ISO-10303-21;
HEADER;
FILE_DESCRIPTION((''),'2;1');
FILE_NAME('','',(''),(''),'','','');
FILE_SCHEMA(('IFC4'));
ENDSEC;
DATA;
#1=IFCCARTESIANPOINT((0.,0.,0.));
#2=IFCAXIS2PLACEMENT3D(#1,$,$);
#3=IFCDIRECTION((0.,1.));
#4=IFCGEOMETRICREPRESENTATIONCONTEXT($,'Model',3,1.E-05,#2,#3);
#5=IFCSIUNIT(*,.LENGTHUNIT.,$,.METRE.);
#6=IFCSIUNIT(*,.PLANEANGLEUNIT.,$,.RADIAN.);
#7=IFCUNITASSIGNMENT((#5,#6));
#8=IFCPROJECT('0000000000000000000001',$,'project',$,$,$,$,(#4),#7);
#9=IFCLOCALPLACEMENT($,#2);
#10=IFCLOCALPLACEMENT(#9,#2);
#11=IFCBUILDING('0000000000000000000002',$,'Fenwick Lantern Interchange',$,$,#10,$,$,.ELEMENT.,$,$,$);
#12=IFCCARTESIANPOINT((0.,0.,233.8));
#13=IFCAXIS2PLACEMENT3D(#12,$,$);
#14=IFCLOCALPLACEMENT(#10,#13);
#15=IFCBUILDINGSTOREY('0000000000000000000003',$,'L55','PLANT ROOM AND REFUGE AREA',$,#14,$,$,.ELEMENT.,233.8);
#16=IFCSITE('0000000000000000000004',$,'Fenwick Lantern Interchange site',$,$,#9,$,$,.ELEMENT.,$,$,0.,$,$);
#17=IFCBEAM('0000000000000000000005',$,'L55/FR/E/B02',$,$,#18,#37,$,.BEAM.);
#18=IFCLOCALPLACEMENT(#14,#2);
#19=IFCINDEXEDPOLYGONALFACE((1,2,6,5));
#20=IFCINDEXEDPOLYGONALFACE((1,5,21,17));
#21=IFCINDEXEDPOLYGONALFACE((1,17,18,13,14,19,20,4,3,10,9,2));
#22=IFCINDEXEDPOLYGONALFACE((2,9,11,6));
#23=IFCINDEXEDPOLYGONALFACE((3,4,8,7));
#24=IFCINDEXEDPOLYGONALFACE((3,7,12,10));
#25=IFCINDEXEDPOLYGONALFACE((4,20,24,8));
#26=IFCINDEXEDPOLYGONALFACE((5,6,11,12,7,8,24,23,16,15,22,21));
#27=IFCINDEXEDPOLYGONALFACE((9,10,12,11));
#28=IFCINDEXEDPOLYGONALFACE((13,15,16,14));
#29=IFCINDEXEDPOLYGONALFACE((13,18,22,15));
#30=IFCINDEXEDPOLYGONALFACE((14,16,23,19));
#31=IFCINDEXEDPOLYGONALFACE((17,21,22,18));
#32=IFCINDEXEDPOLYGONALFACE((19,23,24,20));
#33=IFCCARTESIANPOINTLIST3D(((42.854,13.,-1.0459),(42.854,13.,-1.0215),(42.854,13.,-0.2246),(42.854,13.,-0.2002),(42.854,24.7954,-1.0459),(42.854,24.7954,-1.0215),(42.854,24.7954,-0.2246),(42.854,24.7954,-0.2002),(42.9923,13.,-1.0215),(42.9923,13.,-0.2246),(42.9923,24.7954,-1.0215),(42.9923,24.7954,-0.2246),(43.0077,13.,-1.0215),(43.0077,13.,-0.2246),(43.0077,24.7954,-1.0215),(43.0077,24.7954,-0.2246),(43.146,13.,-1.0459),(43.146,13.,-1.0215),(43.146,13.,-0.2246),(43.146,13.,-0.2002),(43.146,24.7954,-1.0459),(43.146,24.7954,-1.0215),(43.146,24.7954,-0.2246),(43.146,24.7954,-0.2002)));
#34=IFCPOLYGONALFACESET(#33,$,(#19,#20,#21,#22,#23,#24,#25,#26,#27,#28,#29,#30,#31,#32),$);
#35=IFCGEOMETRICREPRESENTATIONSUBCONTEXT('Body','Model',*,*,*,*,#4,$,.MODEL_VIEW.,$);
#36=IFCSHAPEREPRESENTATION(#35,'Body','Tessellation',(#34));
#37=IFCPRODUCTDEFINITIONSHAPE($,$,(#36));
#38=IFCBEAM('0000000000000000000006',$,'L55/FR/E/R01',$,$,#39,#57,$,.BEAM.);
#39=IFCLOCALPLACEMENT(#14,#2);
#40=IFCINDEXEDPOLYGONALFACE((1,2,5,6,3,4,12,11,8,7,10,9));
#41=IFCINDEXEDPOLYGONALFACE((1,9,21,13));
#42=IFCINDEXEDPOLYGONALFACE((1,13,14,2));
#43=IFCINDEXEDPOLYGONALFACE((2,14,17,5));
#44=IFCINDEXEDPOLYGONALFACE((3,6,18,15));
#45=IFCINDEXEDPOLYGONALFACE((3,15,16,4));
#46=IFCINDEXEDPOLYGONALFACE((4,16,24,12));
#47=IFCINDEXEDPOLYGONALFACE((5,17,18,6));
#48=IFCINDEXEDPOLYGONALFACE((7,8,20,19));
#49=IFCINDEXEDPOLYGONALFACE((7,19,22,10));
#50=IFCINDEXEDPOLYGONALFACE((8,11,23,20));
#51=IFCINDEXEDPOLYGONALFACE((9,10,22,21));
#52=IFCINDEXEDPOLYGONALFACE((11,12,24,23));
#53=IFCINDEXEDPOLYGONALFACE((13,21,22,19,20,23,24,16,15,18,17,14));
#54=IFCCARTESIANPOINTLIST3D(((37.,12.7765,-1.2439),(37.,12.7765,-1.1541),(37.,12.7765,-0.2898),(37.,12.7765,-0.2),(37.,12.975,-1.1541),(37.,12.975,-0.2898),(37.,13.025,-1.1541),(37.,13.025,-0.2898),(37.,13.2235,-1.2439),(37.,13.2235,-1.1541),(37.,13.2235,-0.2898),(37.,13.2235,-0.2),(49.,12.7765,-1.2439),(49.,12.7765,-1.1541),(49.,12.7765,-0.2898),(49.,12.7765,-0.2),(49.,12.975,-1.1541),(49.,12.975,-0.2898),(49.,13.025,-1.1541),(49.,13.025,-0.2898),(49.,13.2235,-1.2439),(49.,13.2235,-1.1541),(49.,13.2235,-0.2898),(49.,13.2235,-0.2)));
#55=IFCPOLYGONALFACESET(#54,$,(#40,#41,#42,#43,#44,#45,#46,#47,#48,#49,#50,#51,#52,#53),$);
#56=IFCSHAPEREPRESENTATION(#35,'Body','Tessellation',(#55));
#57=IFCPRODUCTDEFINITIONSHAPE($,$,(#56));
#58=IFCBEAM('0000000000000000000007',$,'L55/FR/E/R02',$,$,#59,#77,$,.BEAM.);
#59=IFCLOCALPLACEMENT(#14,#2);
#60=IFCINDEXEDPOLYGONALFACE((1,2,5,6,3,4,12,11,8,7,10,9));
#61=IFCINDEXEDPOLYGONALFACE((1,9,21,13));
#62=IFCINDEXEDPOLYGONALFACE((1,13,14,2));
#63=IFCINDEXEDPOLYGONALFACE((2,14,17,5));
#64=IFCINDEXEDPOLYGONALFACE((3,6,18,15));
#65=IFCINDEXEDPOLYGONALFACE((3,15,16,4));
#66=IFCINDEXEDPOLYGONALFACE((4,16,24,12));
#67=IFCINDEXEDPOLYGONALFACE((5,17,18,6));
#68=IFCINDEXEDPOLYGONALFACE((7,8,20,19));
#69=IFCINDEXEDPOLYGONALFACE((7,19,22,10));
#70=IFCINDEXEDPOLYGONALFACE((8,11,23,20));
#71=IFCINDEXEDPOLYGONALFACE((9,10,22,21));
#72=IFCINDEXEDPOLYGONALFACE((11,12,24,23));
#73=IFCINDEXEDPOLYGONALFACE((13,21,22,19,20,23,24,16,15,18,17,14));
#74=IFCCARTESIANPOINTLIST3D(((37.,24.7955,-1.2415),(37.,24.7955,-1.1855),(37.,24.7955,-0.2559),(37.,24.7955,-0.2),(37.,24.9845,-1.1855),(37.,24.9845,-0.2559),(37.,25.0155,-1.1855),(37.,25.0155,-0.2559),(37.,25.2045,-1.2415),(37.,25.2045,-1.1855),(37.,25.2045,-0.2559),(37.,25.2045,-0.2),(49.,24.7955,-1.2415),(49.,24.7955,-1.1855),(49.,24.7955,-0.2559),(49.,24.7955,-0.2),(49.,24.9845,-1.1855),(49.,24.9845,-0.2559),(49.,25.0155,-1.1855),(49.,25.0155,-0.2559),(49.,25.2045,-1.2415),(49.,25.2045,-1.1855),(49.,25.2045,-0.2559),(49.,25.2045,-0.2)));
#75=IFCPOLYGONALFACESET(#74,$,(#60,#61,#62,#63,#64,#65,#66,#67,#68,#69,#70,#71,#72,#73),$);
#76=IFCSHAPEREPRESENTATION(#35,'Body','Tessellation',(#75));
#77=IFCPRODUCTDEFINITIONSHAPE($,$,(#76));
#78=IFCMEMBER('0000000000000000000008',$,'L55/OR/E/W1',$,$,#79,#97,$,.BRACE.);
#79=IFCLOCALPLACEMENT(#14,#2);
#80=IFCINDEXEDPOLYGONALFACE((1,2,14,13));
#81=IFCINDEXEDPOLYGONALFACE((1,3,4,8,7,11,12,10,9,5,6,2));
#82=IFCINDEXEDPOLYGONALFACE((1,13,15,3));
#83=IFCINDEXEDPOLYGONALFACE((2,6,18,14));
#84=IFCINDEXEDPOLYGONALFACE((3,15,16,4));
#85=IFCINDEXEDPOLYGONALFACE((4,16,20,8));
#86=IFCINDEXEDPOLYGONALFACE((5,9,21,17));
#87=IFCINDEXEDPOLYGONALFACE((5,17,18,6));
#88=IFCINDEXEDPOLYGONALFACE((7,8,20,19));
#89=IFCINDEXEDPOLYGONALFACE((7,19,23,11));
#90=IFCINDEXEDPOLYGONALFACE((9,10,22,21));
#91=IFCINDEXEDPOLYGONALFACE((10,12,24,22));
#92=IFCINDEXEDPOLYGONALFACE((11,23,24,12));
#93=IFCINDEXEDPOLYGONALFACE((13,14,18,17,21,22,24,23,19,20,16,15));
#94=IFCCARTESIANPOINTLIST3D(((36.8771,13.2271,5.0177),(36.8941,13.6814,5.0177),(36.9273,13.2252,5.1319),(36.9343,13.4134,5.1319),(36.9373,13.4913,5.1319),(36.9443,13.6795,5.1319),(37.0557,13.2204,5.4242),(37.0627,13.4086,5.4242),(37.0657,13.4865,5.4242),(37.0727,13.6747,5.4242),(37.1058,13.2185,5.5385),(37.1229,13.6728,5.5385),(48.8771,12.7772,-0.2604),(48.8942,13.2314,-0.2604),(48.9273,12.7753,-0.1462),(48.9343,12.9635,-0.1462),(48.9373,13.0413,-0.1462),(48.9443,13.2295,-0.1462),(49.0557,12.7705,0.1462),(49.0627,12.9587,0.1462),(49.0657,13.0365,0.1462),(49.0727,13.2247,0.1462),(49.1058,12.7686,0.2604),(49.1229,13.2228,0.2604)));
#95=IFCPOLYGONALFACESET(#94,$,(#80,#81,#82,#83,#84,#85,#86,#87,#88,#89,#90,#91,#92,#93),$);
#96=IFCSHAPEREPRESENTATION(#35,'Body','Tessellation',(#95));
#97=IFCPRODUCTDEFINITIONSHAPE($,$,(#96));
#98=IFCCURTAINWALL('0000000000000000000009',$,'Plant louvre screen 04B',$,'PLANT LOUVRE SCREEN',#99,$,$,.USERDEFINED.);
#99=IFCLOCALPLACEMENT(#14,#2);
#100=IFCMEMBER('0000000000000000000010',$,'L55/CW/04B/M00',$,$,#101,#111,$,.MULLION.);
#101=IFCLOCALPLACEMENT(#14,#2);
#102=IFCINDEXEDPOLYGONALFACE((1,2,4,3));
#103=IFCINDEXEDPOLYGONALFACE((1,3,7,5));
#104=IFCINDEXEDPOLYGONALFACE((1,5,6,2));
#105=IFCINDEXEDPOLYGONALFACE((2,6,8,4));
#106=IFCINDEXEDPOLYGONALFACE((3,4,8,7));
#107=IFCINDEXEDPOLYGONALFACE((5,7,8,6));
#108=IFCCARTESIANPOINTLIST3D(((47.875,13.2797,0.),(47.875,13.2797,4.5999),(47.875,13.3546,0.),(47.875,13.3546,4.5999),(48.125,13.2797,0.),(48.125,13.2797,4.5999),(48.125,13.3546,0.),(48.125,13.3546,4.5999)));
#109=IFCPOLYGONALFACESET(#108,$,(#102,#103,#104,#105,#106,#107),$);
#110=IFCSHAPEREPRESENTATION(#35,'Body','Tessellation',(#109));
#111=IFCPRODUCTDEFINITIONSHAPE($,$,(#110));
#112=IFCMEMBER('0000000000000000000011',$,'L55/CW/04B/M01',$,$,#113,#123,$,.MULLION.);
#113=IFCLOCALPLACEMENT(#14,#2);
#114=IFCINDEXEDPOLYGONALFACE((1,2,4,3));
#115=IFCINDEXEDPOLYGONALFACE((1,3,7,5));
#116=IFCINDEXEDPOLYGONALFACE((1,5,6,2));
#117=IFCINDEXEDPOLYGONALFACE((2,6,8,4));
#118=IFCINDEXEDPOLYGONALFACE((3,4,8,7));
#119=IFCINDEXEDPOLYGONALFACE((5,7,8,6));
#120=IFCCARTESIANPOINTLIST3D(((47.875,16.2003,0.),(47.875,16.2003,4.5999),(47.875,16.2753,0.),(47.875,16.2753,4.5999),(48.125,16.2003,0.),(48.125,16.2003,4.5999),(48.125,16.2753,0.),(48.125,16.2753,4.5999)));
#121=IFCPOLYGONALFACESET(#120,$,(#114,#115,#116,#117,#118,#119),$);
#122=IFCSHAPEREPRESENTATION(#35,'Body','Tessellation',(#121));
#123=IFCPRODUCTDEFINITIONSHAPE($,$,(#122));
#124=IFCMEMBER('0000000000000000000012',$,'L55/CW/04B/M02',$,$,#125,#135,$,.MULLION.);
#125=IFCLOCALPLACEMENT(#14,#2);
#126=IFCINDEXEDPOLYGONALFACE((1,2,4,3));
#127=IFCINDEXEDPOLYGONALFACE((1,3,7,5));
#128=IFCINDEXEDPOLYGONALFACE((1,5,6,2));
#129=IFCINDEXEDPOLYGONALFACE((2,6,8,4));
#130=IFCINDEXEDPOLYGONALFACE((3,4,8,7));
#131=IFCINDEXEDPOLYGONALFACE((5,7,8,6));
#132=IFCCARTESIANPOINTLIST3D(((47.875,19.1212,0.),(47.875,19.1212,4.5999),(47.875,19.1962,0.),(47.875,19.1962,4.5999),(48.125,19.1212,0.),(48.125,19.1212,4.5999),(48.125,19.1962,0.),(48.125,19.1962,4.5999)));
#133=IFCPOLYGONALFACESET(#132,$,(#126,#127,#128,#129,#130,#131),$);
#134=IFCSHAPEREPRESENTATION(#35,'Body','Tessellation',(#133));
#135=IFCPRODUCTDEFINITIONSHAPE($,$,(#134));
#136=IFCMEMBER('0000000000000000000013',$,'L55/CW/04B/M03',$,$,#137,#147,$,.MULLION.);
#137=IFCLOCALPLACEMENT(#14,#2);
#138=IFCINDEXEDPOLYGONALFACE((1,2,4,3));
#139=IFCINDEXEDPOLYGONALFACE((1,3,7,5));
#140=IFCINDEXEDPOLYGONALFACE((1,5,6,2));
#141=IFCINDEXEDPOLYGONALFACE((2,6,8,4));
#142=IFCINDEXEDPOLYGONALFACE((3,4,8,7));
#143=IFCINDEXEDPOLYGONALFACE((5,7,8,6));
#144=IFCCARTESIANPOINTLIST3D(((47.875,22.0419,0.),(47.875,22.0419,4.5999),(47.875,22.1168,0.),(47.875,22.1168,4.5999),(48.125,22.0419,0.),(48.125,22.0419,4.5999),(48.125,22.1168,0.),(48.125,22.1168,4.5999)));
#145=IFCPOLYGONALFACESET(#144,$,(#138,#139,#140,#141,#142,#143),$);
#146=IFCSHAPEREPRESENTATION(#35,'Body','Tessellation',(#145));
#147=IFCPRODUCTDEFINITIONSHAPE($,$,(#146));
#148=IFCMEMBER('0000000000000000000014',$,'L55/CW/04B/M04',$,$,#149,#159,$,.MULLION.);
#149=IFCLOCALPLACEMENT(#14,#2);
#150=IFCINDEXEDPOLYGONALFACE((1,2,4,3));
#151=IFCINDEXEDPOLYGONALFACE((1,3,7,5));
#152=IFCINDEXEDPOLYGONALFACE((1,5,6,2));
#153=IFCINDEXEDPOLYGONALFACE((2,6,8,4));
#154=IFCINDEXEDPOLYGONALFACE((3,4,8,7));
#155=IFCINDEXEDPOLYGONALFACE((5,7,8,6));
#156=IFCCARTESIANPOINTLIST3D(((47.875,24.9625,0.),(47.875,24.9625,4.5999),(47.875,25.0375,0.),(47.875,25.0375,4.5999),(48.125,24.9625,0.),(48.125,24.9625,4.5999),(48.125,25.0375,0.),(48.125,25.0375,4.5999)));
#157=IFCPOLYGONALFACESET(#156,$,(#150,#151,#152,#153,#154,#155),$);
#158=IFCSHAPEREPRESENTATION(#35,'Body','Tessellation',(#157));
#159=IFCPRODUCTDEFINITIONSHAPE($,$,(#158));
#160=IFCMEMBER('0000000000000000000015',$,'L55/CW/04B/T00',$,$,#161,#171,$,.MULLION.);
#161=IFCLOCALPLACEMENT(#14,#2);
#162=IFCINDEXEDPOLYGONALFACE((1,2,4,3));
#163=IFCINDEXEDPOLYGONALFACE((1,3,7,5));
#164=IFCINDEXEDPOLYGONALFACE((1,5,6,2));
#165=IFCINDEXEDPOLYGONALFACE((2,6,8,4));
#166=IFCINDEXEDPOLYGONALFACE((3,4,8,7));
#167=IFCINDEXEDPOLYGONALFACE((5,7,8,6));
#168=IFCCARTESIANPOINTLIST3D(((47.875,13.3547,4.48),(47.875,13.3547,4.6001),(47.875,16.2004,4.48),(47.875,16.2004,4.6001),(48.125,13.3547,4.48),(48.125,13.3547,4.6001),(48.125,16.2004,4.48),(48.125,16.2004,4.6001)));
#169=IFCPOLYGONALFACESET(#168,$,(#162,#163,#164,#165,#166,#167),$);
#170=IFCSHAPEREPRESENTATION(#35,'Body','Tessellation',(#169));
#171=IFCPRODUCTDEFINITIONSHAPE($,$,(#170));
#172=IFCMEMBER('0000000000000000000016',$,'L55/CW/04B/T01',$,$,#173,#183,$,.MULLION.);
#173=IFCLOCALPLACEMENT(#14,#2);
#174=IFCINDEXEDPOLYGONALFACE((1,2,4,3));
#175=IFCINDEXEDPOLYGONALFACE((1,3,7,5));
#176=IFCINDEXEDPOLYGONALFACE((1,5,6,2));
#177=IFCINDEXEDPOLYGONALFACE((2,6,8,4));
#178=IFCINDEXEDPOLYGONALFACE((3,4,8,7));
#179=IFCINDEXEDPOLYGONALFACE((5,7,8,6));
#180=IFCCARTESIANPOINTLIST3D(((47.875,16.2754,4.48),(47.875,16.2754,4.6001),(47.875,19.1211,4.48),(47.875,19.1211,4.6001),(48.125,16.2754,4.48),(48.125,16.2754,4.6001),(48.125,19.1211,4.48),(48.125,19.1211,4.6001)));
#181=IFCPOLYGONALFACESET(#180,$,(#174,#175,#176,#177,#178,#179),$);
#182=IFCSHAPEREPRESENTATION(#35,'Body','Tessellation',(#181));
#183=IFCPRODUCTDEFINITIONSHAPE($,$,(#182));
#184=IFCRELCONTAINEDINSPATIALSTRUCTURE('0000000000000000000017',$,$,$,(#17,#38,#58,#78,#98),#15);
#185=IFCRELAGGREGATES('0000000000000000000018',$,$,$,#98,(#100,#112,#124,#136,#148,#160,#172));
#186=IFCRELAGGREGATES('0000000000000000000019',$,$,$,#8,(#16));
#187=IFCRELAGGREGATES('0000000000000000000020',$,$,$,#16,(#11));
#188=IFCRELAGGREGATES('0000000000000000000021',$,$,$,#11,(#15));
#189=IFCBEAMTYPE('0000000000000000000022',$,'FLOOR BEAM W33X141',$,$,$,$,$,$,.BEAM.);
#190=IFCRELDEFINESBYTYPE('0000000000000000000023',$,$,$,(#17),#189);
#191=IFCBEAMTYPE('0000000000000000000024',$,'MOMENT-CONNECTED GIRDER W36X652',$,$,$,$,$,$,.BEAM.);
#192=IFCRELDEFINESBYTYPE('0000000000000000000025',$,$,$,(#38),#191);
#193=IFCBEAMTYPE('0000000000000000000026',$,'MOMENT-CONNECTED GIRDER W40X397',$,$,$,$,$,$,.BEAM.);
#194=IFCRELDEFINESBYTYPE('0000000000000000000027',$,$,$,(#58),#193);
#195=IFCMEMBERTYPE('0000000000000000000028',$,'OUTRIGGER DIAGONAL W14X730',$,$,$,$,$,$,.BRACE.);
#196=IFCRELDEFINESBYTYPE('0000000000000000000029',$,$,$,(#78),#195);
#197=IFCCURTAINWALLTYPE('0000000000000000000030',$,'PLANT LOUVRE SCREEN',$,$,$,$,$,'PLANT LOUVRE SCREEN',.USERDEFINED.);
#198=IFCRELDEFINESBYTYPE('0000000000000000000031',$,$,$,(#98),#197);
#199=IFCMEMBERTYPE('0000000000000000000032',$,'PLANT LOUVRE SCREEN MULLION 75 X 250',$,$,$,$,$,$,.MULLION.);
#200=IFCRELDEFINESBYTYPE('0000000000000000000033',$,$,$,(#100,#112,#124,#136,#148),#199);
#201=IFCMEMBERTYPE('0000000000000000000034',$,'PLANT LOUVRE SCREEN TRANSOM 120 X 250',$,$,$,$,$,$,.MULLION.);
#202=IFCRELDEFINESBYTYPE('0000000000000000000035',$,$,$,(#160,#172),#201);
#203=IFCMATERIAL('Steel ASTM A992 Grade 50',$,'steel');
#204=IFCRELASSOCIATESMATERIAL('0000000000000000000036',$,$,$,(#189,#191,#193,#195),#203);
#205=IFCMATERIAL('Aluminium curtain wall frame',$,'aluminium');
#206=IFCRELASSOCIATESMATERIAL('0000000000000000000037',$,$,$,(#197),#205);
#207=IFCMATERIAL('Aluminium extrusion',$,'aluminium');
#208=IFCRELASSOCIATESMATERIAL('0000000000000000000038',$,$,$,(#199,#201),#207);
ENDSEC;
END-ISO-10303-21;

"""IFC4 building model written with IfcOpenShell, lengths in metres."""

from ifc_helpers import new_model, si_unit, direction, frame, origin, origin_2d, place, context, subcontext, project, spatial, rectangle, i_section, extrude, material, material_profile, profile_set, type_object, element, aggregate, save


model = new_model("IFC4")

# Units and contexts
model_context = context("Model", 3, precision=1e-05, world=origin(), true_north=direction((0.0, 1.0)))
body_context = subcontext(model_context, "Body", "Model", "MODEL_VIEW")
ifc_project = project(units=[si_unit("LENGTHUNIT", "METRE"), si_unit("PLANEANGLEUNIT", "RADIAN")], contexts=[model_context])

# Site, building, storey
site_placement = place(None, origin())
site = spatial("IfcSite", under=ifc_project, at=site_placement, Name="Fenwick Lantern Interchange site", CompositionType="ELEMENT", RefElevation=0.0)
building_placement = place(site_placement, origin())
building = spatial("IfcBuilding", under=site, at=building_placement, Name="Fenwick Lantern Interchange", CompositionType="ELEMENT")
storey_placement = place(building_placement, frame((0.0, 0.0, 233.8)))
storey = spatial("IfcBuildingStorey", under=building, at=storey_placement, Name="L55", Description="PLANT ROOM AND REFUGE AREA", CompositionType="ELEMENT", Elevation=233.8)

# Shared definitions
ifc_material_1 = material(Name="Steel ASTM A992 Grade 50", Category="steel")

# Beams
ifc_material_profile_1 = material_profile(ifc_material_1, i_section(OverallWidth=0.292, OverallDepth=0.8457, WebThickness=0.0154, FlangeThickness=0.0244, at=origin_2d()), Name="W33X141")
ifc_profile_set_1 = profile_set([ifc_material_profile_1], Name="Steel ASTM A992 Grade 50")
beam_type_1 = type_object("IfcBeamType", Name="FLOOR BEAM W33X141", PredefinedType="BEAM", material=ifc_profile_set_1)
for number, where, z_axis, x_axis, name in (
    (1, (43.0, 13.0, -0.623), (0.0, 1.0, 0.0), (-1.0, 0.0, 0.0), "L55/FR/E/B02"),
):
    element("IfcBeam", number, at=place(storey_placement, frame(where, z_axis=z_axis, x_axis=x_axis)), inside=storey, type_object=beam_type_1, Name=name, PredefinedType="BEAM", context=body_context, shape_type="SweptSolid", body=[
        extrude(i_section(OverallWidth=0.292, OverallDepth=0.8457, WebThickness=0.0154, FlangeThickness=0.0244, at=origin_2d()), origin(), (0.0, 0.0, 1.0), 11.7954),
    ])
ifc_material_profile_2 = material_profile(ifc_material_1, i_section(OverallWidth=0.447, OverallDepth=1.0439, WebThickness=0.05, FlangeThickness=0.0898, at=origin_2d()), Name="W36X652")
ifc_profile_set_2 = profile_set([ifc_material_profile_2], Name="Steel ASTM A992 Grade 50")
beam_type_2 = type_object("IfcBeamType", Name="MOMENT-CONNECTED GIRDER W36X652", PredefinedType="BEAM", material=ifc_profile_set_2)
beam_1_placement = place(storey_placement, frame((49.0, 13.0, -0.7219), z_axis=(-1.0, 0.0, 0.0), x_axis=(0.0, -1.0, 0.0)))
element("IfcBeam", 2, at=beam_1_placement, inside=storey, type_object=beam_type_2, Name="L55/FR/E/R01", PredefinedType="BEAM", context=body_context, shape_type="SweptSolid", body=[
    extrude(i_section(OverallWidth=0.447, OverallDepth=1.0439, WebThickness=0.05, FlangeThickness=0.0898, at=origin_2d()), origin(), (0.0, 0.0, 1.0), 12.0),
])
ifc_material_profile_3 = material_profile(ifc_material_1, i_section(OverallWidth=0.4089, OverallDepth=1.0415, WebThickness=0.031, FlangeThickness=0.0559, at=origin_2d()), Name="W40X397")
ifc_profile_set_3 = profile_set([ifc_material_profile_3], Name="Steel ASTM A992 Grade 50")
beam_type_3 = type_object("IfcBeamType", Name="MOMENT-CONNECTED GIRDER W40X397", PredefinedType="BEAM", material=ifc_profile_set_3)
beam_2_placement = place(storey_placement, frame((49.0, 25.0, -0.7207), z_axis=(-1.0, 0.0, 0.0), x_axis=(0.0, -1.0, 0.0)))
element("IfcBeam", 3, at=beam_2_placement, inside=storey, type_object=beam_type_3, Name="L55/FR/E/R02", PredefinedType="BEAM", context=body_context, shape_type="SweptSolid", body=[
    extrude(i_section(OverallWidth=0.4089, OverallDepth=1.0415, WebThickness=0.031, FlangeThickness=0.0559, at=origin_2d()), origin(), (0.0, 0.0, 1.0), 12.0),
])

# Member
ifc_material_profile_4 = material_profile(ifc_material_1, i_section(OverallWidth=0.4546, OverallDepth=0.5688, WebThickness=0.0779, FlangeThickness=0.1248, at=origin_2d()), Name="W14X730")
ifc_profile_set_4 = profile_set([ifc_material_profile_4], Name="Steel ASTM A992 Grade 50")
member_type_1 = type_object("IfcMemberType", Name="OUTRIGGER DIAGONAL W14X730", PredefinedType="BRACE", material=ifc_profile_set_4)
member_1_placement = place(storey_placement, frame((49.0, 13.0, 0.0), z_axis=(-0.91483, 0.034302, 0.402379), x_axis=(-0.03747, -0.999298, 0.0)))
element("IfcMember", 4, at=member_1_placement, inside=storey, type_object=member_type_1, Name="L55/OR/E/W1", PredefinedType="BRACE", context=body_context, shape_type="SweptSolid", body=[
    extrude(i_section(OverallWidth=0.4546, OverallDepth=0.5688, WebThickness=0.0779, FlangeThickness=0.1248, at=origin_2d()), origin(), (0.0, 0.0, 1.0), 13.1172),
])

# Curtain wall, members
ifc_material_2 = material(Name="Aluminium curtain wall frame", Category="aluminium")
curtain_wall_type = type_object("IfcCurtainWallType", Name="PLANT LOUVRE SCREEN", ElementType="PLANT LOUVRE SCREEN", PredefinedType="USERDEFINED", material=ifc_material_2)
curtain_wall_placement = place(storey_placement, origin())
curtain_wall = element("IfcCurtainWall", 5, at=curtain_wall_placement, inside=storey, type_object=curtain_wall_type, Name="Plant louvre screen 04B", ObjectType="PLANT LOUVRE SCREEN", PredefinedType="USERDEFINED")
ifc_material_3 = material(Name="Aluminium extrusion", Category="aluminium")
ifc_material_profile_5 = material_profile(ifc_material_3, rectangle(XDim=0.25, YDim=0.075, at=origin_2d()), Name="PLANT LOUVRE SCREEN MULLION 75 X 250")
ifc_profile_set_5 = profile_set([ifc_material_profile_5], Name="Aluminium extrusion")
member_type_2 = type_object("IfcMemberType", Name="PLANT LOUVRE SCREEN MULLION 75 X 250", PredefinedType="MULLION", material=ifc_profile_set_5)
member_2_placement = place(storey_placement, frame((48.0, 13.3171, 0.0), z_axis=(0.0, 0.0, 1.0), x_axis=(-1.0, 0.0, 0.0)))
member_2 = element("IfcMember", 6, at=member_2_placement, type_object=member_type_2, Name="L55/CW/04B/M00", PredefinedType="MULLION", context=body_context, shape_type="SweptSolid", body=[
    extrude(rectangle(XDim=0.25, YDim=0.075, at=origin_2d()), origin(), (0.0, 0.0, 1.0), 4.5999),
])
member_3_placement = place(storey_placement, frame((48.0, 16.2378, 0.0), z_axis=(0.0, 0.0, 1.0), x_axis=(-1.0, 0.0, 0.0)))
member_3 = element("IfcMember", 7, at=member_3_placement, type_object=member_type_2, Name="L55/CW/04B/M01", PredefinedType="MULLION", context=body_context, shape_type="SweptSolid", body=[
    extrude(rectangle(XDim=0.25, YDim=0.075, at=origin_2d()), origin(), (0.0, 0.0, 1.0), 4.5999),
])
member_4_placement = place(storey_placement, frame((48.0, 19.1587, 0.0), z_axis=(0.0, 0.0, 1.0), x_axis=(-1.0, 0.0, 0.0)))
member_4 = element("IfcMember", 8, at=member_4_placement, type_object=member_type_2, Name="L55/CW/04B/M02", PredefinedType="MULLION", context=body_context, shape_type="SweptSolid", body=[
    extrude(rectangle(XDim=0.25, YDim=0.075, at=origin_2d()), origin(), (0.0, 0.0, 1.0), 4.5999),
])
member_5_placement = place(storey_placement, frame((48.0, 22.0793, 0.0), z_axis=(0.0, 0.0, 1.0), x_axis=(-1.0, 0.0, 0.0)))
member_5 = element("IfcMember", 9, at=member_5_placement, type_object=member_type_2, Name="L55/CW/04B/M03", PredefinedType="MULLION", context=body_context, shape_type="SweptSolid", body=[
    extrude(rectangle(XDim=0.25, YDim=0.075, at=origin_2d()), origin(), (0.0, 0.0, 1.0), 4.5999),
])
member_6_placement = place(storey_placement, frame((48.0, 25.0, 0.0), z_axis=(0.0, 0.0, 1.0), x_axis=(-1.0, 0.0, 0.0)))
member_6 = element("IfcMember", 10, at=member_6_placement, type_object=member_type_2, Name="L55/CW/04B/M04", PredefinedType="MULLION", context=body_context, shape_type="SweptSolid", body=[
    extrude(rectangle(XDim=0.25, YDim=0.075, at=origin_2d()), origin(), (0.0, 0.0, 1.0), 4.5999),
])
ifc_material_profile_6 = material_profile(ifc_material_3, rectangle(XDim=0.25, YDim=0.1201, at=origin_2d()), Name="PLANT LOUVRE SCREEN TRANSOM 120 X 250")
ifc_profile_set_6 = profile_set([ifc_material_profile_6], Name="Aluminium extrusion")
member_type_3 = type_object("IfcMemberType", Name="PLANT LOUVRE SCREEN TRANSOM 120 X 250", PredefinedType="MULLION", material=ifc_profile_set_6)
member_7_placement = place(storey_placement, frame((48.0, 13.3547, 4.54), z_axis=(0.0, 1.0, 0.0), x_axis=(-1.0, 0.0, 0.0)))
member_7 = element("IfcMember", 11, at=member_7_placement, type_object=member_type_3, Name="L55/CW/04B/T00", PredefinedType="MULLION", context=body_context, shape_type="SweptSolid", body=[
    extrude(rectangle(XDim=0.25, YDim=0.1201, at=origin_2d()), origin(), (0.0, 0.0, 1.0), 2.8457),
])
member_8_placement = place(storey_placement, frame((48.0, 16.2754, 4.54), z_axis=(0.0, 1.0, 0.0), x_axis=(-1.0, 0.0, 0.0)))
member_8 = element("IfcMember", 12, at=member_8_placement, type_object=member_type_3, Name="L55/CW/04B/T01", PredefinedType="MULLION", context=body_context, shape_type="SweptSolid", body=[
    extrude(rectangle(XDim=0.25, YDim=0.1201, at=origin_2d()), origin(), (0.0, 0.0, 1.0), 2.8457),
])

aggregate(curtain_wall, [member_2, member_3, member_4, member_5, member_6, member_7, member_8])

save(model, "model.ifc")
